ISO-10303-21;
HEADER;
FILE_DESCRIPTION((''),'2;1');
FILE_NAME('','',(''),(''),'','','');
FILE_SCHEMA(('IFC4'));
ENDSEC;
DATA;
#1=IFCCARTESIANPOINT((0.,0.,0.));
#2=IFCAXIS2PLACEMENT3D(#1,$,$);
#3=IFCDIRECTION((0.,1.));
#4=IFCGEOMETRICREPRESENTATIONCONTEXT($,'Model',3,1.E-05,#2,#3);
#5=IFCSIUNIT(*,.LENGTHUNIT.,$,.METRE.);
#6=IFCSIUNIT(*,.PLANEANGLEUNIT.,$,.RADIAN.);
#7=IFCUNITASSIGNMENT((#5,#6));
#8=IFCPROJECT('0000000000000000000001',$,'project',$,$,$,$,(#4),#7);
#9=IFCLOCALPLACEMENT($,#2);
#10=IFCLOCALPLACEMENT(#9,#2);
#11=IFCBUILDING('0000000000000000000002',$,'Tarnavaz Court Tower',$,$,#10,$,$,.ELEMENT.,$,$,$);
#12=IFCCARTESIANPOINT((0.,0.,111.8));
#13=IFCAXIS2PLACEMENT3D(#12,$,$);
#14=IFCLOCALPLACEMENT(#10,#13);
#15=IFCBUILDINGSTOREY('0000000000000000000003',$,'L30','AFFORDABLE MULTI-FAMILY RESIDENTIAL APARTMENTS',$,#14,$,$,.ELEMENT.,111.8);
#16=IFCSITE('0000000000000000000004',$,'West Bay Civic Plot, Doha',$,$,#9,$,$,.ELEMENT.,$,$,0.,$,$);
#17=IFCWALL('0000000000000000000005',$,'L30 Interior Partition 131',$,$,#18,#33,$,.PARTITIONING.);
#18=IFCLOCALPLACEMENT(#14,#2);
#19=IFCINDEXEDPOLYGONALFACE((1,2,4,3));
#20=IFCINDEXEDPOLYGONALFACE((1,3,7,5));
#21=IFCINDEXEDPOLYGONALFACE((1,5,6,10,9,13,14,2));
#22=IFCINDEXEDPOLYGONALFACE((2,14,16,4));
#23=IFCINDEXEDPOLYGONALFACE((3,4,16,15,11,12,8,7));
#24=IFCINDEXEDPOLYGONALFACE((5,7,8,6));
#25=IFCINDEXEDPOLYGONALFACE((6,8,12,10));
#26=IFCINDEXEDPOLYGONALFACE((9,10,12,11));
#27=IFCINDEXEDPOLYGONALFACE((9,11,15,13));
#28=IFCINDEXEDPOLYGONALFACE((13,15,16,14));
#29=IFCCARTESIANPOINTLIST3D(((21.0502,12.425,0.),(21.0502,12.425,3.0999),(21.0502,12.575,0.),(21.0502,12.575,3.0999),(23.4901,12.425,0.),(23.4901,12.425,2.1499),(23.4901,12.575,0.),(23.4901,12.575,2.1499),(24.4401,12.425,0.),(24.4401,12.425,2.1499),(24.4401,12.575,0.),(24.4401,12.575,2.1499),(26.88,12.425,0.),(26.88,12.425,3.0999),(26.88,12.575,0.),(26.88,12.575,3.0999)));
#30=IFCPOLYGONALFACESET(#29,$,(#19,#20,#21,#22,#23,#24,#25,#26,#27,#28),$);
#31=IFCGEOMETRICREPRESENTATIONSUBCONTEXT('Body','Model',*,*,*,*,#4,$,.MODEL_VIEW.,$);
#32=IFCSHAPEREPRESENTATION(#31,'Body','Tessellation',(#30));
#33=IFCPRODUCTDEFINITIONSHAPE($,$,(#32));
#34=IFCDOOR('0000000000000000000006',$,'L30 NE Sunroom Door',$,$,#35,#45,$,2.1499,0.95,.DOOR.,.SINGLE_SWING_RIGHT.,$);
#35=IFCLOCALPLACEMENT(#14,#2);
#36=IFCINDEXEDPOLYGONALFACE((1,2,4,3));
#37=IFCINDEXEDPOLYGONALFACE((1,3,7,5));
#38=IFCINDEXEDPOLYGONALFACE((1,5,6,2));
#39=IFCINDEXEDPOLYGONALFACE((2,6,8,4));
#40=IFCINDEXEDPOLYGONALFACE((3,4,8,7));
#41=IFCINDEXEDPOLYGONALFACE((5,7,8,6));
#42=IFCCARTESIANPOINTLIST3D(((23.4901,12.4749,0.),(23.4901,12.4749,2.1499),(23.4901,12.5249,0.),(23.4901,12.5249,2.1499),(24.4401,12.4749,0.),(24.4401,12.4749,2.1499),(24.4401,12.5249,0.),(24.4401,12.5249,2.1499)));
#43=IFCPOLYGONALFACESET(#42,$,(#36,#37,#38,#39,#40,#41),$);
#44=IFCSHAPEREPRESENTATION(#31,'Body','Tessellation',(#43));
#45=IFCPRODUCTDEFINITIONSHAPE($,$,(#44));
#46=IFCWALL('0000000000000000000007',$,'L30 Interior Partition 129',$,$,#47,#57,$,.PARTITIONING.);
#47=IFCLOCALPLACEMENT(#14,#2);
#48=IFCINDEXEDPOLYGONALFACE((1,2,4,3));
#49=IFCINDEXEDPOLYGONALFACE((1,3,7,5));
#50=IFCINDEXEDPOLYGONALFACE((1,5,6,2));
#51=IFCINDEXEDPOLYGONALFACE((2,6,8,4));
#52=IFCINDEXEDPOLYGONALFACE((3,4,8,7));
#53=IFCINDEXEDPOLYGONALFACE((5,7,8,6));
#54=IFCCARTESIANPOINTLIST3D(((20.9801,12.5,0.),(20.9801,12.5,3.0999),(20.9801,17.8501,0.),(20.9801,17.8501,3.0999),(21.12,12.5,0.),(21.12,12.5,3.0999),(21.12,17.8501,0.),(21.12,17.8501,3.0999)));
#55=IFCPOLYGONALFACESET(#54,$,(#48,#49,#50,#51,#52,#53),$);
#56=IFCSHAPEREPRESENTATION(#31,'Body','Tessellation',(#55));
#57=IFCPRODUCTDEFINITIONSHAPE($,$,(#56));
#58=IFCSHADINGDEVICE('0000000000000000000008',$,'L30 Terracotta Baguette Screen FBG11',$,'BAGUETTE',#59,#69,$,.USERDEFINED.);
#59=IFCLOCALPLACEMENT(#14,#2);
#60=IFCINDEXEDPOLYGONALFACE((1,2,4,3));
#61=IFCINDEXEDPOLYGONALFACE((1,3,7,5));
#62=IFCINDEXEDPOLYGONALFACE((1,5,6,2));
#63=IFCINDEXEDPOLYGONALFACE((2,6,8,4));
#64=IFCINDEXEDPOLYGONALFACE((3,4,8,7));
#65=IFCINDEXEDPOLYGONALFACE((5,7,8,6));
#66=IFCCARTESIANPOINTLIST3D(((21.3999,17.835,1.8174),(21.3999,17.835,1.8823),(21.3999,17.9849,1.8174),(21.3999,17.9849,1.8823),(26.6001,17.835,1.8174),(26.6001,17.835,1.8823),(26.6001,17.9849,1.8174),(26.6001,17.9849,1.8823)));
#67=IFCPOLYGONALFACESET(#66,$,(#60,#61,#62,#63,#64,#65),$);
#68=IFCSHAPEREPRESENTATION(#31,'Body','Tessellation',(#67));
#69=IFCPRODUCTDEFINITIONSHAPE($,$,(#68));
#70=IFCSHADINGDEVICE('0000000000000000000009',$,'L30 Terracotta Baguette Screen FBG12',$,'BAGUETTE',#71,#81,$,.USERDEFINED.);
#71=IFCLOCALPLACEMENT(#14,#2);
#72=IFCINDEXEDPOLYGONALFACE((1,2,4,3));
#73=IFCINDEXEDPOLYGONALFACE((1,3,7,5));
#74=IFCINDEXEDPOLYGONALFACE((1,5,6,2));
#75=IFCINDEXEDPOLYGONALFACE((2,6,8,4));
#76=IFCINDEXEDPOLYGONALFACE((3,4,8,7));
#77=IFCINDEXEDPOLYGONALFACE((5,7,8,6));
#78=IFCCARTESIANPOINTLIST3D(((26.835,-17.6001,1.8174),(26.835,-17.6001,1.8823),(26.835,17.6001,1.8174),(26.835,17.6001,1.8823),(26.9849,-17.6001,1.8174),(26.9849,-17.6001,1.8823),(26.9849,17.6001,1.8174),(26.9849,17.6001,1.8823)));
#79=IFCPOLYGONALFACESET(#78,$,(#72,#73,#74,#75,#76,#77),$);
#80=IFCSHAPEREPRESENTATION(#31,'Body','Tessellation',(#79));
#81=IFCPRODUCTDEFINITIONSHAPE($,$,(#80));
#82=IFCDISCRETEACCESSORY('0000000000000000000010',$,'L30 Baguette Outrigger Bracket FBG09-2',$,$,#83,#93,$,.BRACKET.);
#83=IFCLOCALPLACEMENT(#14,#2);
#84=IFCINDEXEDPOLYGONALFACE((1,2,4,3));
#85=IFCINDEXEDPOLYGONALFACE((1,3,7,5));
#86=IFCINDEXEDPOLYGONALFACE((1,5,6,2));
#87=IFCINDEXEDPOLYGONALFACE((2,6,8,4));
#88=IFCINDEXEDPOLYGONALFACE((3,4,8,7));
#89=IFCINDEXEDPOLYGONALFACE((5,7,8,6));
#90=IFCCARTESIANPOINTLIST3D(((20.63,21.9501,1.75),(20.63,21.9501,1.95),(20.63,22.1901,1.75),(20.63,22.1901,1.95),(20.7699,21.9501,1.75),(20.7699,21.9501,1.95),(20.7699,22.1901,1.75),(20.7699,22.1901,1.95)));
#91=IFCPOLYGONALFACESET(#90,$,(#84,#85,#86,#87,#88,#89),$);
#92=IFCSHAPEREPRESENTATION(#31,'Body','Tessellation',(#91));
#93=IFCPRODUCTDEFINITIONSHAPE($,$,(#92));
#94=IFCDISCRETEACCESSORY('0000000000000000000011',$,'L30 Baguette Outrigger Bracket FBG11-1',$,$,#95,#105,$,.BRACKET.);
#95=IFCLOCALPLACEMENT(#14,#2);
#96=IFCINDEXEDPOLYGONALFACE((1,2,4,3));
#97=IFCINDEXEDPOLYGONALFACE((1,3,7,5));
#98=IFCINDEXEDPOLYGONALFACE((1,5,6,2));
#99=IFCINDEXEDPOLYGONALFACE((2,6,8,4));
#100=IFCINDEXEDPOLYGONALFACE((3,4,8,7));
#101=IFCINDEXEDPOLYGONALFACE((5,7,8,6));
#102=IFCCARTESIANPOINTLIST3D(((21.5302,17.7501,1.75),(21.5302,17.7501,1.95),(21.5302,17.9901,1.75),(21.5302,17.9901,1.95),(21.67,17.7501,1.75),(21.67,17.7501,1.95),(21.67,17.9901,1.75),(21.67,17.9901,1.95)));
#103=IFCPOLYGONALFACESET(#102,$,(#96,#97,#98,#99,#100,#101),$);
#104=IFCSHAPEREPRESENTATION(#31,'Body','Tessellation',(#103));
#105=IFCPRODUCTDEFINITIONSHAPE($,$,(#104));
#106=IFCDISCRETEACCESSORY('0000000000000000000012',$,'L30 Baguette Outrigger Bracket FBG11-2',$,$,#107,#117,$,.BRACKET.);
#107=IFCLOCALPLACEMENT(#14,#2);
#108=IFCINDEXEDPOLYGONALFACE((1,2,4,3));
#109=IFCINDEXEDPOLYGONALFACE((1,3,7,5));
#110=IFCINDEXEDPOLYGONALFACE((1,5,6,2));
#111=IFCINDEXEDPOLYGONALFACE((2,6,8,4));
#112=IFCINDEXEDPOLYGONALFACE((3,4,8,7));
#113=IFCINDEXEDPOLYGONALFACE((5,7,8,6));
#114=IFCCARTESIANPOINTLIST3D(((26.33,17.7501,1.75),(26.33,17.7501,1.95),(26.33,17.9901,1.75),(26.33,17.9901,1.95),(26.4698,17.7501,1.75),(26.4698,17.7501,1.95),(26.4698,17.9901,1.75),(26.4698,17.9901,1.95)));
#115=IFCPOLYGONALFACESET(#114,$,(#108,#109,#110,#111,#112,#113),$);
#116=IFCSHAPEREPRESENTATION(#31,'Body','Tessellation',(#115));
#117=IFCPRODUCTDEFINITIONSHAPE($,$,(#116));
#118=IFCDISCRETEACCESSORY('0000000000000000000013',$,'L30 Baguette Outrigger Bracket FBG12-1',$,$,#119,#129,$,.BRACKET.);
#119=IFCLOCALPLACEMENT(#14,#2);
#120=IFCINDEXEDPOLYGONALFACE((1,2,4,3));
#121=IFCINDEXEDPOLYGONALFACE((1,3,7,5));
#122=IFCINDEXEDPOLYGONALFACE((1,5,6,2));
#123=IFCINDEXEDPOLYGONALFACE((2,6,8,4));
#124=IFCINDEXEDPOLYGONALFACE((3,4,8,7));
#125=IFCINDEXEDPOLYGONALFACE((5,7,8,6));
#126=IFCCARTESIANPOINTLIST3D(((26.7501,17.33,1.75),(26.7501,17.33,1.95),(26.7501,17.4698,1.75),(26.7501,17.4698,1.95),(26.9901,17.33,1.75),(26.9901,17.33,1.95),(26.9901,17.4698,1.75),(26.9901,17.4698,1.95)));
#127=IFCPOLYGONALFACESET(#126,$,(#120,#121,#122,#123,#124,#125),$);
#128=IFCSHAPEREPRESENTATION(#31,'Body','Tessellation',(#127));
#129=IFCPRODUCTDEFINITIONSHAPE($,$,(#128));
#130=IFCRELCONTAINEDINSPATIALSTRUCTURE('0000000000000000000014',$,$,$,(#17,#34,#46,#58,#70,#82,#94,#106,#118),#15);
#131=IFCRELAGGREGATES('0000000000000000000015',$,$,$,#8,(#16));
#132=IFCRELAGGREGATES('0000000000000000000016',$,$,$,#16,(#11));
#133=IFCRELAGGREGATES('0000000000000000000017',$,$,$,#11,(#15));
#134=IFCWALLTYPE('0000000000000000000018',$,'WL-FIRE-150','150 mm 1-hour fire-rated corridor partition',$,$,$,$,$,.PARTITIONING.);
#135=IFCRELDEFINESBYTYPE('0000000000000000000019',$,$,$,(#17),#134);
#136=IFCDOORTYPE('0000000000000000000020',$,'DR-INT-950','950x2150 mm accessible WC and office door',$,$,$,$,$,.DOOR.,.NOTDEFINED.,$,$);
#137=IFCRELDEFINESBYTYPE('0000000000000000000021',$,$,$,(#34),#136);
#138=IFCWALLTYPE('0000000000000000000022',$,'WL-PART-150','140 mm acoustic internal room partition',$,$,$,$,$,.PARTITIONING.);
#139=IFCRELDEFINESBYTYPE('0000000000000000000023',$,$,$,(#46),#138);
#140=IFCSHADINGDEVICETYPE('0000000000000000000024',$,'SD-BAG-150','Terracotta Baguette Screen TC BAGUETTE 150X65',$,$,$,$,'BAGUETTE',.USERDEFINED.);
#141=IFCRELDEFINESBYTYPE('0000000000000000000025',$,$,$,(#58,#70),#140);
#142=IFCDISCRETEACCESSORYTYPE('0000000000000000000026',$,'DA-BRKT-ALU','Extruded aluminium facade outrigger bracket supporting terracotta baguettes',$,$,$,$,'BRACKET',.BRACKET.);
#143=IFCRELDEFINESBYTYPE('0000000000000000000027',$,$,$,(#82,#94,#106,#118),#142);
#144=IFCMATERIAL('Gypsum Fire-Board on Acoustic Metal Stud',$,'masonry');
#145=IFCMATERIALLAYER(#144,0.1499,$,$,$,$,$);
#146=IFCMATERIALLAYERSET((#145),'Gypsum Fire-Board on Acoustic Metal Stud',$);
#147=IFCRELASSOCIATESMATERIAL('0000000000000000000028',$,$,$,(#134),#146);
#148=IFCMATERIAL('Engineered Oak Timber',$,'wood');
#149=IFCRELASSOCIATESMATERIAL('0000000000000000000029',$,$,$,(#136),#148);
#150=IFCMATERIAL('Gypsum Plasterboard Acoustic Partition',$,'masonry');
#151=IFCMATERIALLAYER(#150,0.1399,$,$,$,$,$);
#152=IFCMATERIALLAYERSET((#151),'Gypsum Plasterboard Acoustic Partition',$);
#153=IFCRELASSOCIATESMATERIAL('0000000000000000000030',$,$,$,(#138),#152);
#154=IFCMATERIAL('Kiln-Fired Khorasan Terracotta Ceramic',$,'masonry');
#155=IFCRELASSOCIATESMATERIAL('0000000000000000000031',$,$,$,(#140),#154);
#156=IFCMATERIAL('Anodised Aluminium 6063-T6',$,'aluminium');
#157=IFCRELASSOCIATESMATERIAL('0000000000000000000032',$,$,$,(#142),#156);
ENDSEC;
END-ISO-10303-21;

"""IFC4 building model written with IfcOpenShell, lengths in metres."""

from ifc_helpers import new_model, si_unit, direction, frame, frame_2d, origin, origin_2d, place, context, subcontext, project, spatial, rectangle, extrude, material, layer, layer_set, material_profile, profile_set, type_object, element, fill, save


model = new_model("IFC4")

# Units and contexts
model_context = context("Model", 3, precision=1e-05, world=origin(), true_north=direction((0.0, 1.0)))
body_context = subcontext(model_context, "Body", "Model", "MODEL_VIEW")
ifc_project = project(units=[si_unit("LENGTHUNIT", "METRE"), si_unit("PLANEANGLEUNIT", "RADIAN")], contexts=[model_context])

# Site, building, storey
site_placement = place(None, origin())
site = spatial("IfcSite", under=ifc_project, at=site_placement, Name="West Bay Civic Plot, Doha", CompositionType="ELEMENT", RefElevation=0.0)
building_placement = place(site_placement, origin())
building = spatial("IfcBuilding", under=site, at=building_placement, Name="Tarnavaz Court Tower", CompositionType="ELEMENT")
storey_placement = place(building_placement, frame((0.0, 0.0, 111.8)))
storey = spatial("IfcBuildingStorey", under=building, at=storey_placement, Name="L30", Description="AFFORDABLE MULTI-FAMILY RESIDENTIAL APARTMENTS", CompositionType="ELEMENT", Elevation=111.8)

# Wall, opening, door
ifc_material_1 = material(Name="Gypsum Fire-Board on Acoustic Metal Stud", Category="masonry")
ifc_layer_1 = layer(ifc_material_1, 0.1499)
ifc_layer_set_1 = layer_set([ifc_layer_1], Name="Gypsum Fire-Board on Acoustic Metal Stud")
wall_type_1 = type_object("IfcWallType", Name="WL-FIRE-150", Description="150 mm 1-hour fire-rated corridor partition", PredefinedType="PARTITIONING", material=ifc_layer_set_1)
wall_1_placement = place(storey_placement, frame((21.05, 12.5, 0.0), z_axis=(0.0, 0.0, 1.0), x_axis=(1.0, 0.0, 0.0)))
wall_1 = element("IfcWall", 1, at=wall_1_placement, inside=storey, type_object=wall_type_1, Name="L30 Interior Partition 131", PredefinedType="PARTITIONING", context=body_context, shape_type="SweptSolid", body=[
    extrude(rectangle(XDim=5.8298, YDim=0.1499, at=frame_2d((2.915, 0.0))), origin(), (0.0, 0.0, 1.0), 3.0999),
])
opening_1_placement = place(wall_1_placement, frame((2.4399, 0.0, 0.0)))
opening_1 = element("IfcOpeningElement", 2, at=opening_1_placement, cuts=wall_1, PredefinedType="OPENING", context=body_context, shape_type="SweptSolid", body=[
    extrude(rectangle(XDim=0.95, YDim=2.1499, at=frame_2d((0.4751, 1.075))), frame((0.0, 0.085, 0.0), z_axis=(0.0, -1.0, 0.0), x_axis=(1.0, 0.0, 0.0)), (0.0, 0.0, 1.0), 0.1699),
])
ifc_material_2 = material(Name="Engineered Oak Timber", Category="wood")
door_type = type_object("IfcDoorType", Name="DR-INT-950", Description="950x2150 mm accessible WC and office door", OperationType="NOTDEFINED", PredefinedType="DOOR", material=ifc_material_2)
door_placement = place(opening_1_placement, origin())
door = element("IfcDoor", 3, at=door_placement, inside=storey, type_object=door_type, Name="L30 NE Sunroom Door", OperationType="SINGLE_SWING_RIGHT", OverallHeight=2.1499, OverallWidth=0.95, PredefinedType="DOOR", context=body_context, shape_type="SweptSolid", body=[
    extrude(rectangle(XDim=0.95, YDim=2.1499, at=frame_2d((0.4751, 1.075))), frame((0.0, 0.0249, 0.0), z_axis=(0.0, -1.0, 0.0), x_axis=(1.0, 0.0, 0.0)), (0.0, 0.0, 1.0), 0.05),
])
fill(opening_1, door)

# Wall
ifc_material_3 = material(Name="Gypsum Plasterboard Acoustic Partition", Category="masonry")
ifc_layer_2 = layer(ifc_material_3, 0.1399)
ifc_layer_set_2 = layer_set([ifc_layer_2], Name="Gypsum Plasterboard Acoustic Partition")
wall_type_2 = type_object("IfcWallType", Name="WL-PART-150", Description="140 mm acoustic internal room partition", PredefinedType="PARTITIONING", material=ifc_layer_set_2)
wall_2_placement = place(storey_placement, frame((21.05, 12.5, 0.0), z_axis=(0.0, 0.0, 1.0), x_axis=(0.0, 1.0, 0.0)))
element("IfcWall", 4, at=wall_2_placement, inside=storey, type_object=wall_type_2, Name="L30 Interior Partition 129", PredefinedType="PARTITIONING", context=body_context, shape_type="SweptSolid", body=[
    extrude(rectangle(XDim=5.3501, YDim=0.1399, at=frame_2d((2.675, 0.0))), origin(), (0.0, 0.0, 1.0), 3.0999),
])

# Shading devices
ifc_material_4 = material(Name="Kiln-Fired Khorasan Terracotta Ceramic", Category="masonry")
ifc_material_profile_1 = material_profile(ifc_material_4, rectangle(XDim=0.1499, YDim=0.0649, at=origin_2d()), Name="TC BAGUETTE 150X65")
ifc_profile_set_1 = profile_set([ifc_material_profile_1], Name="Kiln-Fired Khorasan Terracotta Ceramic")
shading_device_type = type_object("IfcShadingDeviceType", Name="SD-BAG-150", Description="Terracotta Baguette Screen TC BAGUETTE 150X65", ElementType="BAGUETTE", PredefinedType="USERDEFINED", material=ifc_profile_set_1)
shading_device_1_placement = place(storey_placement, frame((21.3999, 17.9099, 1.8499), z_axis=(1.0, 0.0, 0.0), x_axis=(0.0, 1.0, 0.0)))
element("IfcShadingDevice", 5, at=shading_device_1_placement, inside=storey, type_object=shading_device_type, Name="L30 Terracotta Baguette Screen FBG11", ObjectType="BAGUETTE", PredefinedType="USERDEFINED", context=body_context, shape_type="SweptSolid", body=[
    extrude(rectangle(XDim=0.1499, YDim=0.0649, at=origin_2d()), origin(), (0.0, 0.0, 1.0), 5.2002),
])
shading_device_2_placement = place(storey_placement, frame((26.9099, 17.6001, 1.8499), z_axis=(0.0, -1.0, 0.0), x_axis=(1.0, 0.0, 0.0)))
element("IfcShadingDevice", 6, at=shading_device_2_placement, inside=storey, type_object=shading_device_type, Name="L30 Terracotta Baguette Screen FBG12", ObjectType="BAGUETTE", PredefinedType="USERDEFINED", context=body_context, shape_type="SweptSolid", body=[
    extrude(rectangle(XDim=0.1499, YDim=0.0649, at=origin_2d()), origin(), (0.0, 0.0, 1.0), 35.2002),
])

# Discrete accessories
ifc_material_5 = material(Name="Anodised Aluminium 6063-T6", Category="aluminium")
discrete_accessory_type = type_object("IfcDiscreteAccessoryType", Name="DA-BRKT-ALU", Description="Extruded aluminium facade outrigger bracket supporting terracotta baguettes", ElementType="BRACKET", PredefinedType="BRACKET", material=ifc_material_5)
for number, where, z_axis, x_axis, name in (
    (7, (20.7, 22.0701, 1.75), (0.0, 0.0, 1.0), (1.0, 0.0, 0.0), "L30 Baguette Outrigger Bracket FBG09-2"),
    (8, (21.6001, 17.8701, 1.75), (0.0, 0.0, 1.0), (1.0, 0.0, 0.0), "L30 Baguette Outrigger Bracket FBG11-1"),
    (9, (26.3999, 17.8701, 1.75), (0.0, 0.0, 1.0), (1.0, 0.0, 0.0), "L30 Baguette Outrigger Bracket FBG11-2"),
    (10, (26.8701, 17.3999, 1.75), (0.0, 0.0, 1.0), (0.0, -1.0, 0.0), "L30 Baguette Outrigger Bracket FBG12-1"),
):
    element("IfcDiscreteAccessory", number, at=place(storey_placement, frame(where, z_axis=z_axis, x_axis=x_axis)), inside=storey, type_object=discrete_accessory_type, Name=name, PredefinedType="BRACKET", context=body_context, shape_type="SweptSolid", body=[
        extrude(rectangle(XDim=0.1399, YDim=0.24, at=origin_2d()), origin(), (0.0, 0.0, 1.0), 0.2),
    ])

save(model, "model.ifc")
